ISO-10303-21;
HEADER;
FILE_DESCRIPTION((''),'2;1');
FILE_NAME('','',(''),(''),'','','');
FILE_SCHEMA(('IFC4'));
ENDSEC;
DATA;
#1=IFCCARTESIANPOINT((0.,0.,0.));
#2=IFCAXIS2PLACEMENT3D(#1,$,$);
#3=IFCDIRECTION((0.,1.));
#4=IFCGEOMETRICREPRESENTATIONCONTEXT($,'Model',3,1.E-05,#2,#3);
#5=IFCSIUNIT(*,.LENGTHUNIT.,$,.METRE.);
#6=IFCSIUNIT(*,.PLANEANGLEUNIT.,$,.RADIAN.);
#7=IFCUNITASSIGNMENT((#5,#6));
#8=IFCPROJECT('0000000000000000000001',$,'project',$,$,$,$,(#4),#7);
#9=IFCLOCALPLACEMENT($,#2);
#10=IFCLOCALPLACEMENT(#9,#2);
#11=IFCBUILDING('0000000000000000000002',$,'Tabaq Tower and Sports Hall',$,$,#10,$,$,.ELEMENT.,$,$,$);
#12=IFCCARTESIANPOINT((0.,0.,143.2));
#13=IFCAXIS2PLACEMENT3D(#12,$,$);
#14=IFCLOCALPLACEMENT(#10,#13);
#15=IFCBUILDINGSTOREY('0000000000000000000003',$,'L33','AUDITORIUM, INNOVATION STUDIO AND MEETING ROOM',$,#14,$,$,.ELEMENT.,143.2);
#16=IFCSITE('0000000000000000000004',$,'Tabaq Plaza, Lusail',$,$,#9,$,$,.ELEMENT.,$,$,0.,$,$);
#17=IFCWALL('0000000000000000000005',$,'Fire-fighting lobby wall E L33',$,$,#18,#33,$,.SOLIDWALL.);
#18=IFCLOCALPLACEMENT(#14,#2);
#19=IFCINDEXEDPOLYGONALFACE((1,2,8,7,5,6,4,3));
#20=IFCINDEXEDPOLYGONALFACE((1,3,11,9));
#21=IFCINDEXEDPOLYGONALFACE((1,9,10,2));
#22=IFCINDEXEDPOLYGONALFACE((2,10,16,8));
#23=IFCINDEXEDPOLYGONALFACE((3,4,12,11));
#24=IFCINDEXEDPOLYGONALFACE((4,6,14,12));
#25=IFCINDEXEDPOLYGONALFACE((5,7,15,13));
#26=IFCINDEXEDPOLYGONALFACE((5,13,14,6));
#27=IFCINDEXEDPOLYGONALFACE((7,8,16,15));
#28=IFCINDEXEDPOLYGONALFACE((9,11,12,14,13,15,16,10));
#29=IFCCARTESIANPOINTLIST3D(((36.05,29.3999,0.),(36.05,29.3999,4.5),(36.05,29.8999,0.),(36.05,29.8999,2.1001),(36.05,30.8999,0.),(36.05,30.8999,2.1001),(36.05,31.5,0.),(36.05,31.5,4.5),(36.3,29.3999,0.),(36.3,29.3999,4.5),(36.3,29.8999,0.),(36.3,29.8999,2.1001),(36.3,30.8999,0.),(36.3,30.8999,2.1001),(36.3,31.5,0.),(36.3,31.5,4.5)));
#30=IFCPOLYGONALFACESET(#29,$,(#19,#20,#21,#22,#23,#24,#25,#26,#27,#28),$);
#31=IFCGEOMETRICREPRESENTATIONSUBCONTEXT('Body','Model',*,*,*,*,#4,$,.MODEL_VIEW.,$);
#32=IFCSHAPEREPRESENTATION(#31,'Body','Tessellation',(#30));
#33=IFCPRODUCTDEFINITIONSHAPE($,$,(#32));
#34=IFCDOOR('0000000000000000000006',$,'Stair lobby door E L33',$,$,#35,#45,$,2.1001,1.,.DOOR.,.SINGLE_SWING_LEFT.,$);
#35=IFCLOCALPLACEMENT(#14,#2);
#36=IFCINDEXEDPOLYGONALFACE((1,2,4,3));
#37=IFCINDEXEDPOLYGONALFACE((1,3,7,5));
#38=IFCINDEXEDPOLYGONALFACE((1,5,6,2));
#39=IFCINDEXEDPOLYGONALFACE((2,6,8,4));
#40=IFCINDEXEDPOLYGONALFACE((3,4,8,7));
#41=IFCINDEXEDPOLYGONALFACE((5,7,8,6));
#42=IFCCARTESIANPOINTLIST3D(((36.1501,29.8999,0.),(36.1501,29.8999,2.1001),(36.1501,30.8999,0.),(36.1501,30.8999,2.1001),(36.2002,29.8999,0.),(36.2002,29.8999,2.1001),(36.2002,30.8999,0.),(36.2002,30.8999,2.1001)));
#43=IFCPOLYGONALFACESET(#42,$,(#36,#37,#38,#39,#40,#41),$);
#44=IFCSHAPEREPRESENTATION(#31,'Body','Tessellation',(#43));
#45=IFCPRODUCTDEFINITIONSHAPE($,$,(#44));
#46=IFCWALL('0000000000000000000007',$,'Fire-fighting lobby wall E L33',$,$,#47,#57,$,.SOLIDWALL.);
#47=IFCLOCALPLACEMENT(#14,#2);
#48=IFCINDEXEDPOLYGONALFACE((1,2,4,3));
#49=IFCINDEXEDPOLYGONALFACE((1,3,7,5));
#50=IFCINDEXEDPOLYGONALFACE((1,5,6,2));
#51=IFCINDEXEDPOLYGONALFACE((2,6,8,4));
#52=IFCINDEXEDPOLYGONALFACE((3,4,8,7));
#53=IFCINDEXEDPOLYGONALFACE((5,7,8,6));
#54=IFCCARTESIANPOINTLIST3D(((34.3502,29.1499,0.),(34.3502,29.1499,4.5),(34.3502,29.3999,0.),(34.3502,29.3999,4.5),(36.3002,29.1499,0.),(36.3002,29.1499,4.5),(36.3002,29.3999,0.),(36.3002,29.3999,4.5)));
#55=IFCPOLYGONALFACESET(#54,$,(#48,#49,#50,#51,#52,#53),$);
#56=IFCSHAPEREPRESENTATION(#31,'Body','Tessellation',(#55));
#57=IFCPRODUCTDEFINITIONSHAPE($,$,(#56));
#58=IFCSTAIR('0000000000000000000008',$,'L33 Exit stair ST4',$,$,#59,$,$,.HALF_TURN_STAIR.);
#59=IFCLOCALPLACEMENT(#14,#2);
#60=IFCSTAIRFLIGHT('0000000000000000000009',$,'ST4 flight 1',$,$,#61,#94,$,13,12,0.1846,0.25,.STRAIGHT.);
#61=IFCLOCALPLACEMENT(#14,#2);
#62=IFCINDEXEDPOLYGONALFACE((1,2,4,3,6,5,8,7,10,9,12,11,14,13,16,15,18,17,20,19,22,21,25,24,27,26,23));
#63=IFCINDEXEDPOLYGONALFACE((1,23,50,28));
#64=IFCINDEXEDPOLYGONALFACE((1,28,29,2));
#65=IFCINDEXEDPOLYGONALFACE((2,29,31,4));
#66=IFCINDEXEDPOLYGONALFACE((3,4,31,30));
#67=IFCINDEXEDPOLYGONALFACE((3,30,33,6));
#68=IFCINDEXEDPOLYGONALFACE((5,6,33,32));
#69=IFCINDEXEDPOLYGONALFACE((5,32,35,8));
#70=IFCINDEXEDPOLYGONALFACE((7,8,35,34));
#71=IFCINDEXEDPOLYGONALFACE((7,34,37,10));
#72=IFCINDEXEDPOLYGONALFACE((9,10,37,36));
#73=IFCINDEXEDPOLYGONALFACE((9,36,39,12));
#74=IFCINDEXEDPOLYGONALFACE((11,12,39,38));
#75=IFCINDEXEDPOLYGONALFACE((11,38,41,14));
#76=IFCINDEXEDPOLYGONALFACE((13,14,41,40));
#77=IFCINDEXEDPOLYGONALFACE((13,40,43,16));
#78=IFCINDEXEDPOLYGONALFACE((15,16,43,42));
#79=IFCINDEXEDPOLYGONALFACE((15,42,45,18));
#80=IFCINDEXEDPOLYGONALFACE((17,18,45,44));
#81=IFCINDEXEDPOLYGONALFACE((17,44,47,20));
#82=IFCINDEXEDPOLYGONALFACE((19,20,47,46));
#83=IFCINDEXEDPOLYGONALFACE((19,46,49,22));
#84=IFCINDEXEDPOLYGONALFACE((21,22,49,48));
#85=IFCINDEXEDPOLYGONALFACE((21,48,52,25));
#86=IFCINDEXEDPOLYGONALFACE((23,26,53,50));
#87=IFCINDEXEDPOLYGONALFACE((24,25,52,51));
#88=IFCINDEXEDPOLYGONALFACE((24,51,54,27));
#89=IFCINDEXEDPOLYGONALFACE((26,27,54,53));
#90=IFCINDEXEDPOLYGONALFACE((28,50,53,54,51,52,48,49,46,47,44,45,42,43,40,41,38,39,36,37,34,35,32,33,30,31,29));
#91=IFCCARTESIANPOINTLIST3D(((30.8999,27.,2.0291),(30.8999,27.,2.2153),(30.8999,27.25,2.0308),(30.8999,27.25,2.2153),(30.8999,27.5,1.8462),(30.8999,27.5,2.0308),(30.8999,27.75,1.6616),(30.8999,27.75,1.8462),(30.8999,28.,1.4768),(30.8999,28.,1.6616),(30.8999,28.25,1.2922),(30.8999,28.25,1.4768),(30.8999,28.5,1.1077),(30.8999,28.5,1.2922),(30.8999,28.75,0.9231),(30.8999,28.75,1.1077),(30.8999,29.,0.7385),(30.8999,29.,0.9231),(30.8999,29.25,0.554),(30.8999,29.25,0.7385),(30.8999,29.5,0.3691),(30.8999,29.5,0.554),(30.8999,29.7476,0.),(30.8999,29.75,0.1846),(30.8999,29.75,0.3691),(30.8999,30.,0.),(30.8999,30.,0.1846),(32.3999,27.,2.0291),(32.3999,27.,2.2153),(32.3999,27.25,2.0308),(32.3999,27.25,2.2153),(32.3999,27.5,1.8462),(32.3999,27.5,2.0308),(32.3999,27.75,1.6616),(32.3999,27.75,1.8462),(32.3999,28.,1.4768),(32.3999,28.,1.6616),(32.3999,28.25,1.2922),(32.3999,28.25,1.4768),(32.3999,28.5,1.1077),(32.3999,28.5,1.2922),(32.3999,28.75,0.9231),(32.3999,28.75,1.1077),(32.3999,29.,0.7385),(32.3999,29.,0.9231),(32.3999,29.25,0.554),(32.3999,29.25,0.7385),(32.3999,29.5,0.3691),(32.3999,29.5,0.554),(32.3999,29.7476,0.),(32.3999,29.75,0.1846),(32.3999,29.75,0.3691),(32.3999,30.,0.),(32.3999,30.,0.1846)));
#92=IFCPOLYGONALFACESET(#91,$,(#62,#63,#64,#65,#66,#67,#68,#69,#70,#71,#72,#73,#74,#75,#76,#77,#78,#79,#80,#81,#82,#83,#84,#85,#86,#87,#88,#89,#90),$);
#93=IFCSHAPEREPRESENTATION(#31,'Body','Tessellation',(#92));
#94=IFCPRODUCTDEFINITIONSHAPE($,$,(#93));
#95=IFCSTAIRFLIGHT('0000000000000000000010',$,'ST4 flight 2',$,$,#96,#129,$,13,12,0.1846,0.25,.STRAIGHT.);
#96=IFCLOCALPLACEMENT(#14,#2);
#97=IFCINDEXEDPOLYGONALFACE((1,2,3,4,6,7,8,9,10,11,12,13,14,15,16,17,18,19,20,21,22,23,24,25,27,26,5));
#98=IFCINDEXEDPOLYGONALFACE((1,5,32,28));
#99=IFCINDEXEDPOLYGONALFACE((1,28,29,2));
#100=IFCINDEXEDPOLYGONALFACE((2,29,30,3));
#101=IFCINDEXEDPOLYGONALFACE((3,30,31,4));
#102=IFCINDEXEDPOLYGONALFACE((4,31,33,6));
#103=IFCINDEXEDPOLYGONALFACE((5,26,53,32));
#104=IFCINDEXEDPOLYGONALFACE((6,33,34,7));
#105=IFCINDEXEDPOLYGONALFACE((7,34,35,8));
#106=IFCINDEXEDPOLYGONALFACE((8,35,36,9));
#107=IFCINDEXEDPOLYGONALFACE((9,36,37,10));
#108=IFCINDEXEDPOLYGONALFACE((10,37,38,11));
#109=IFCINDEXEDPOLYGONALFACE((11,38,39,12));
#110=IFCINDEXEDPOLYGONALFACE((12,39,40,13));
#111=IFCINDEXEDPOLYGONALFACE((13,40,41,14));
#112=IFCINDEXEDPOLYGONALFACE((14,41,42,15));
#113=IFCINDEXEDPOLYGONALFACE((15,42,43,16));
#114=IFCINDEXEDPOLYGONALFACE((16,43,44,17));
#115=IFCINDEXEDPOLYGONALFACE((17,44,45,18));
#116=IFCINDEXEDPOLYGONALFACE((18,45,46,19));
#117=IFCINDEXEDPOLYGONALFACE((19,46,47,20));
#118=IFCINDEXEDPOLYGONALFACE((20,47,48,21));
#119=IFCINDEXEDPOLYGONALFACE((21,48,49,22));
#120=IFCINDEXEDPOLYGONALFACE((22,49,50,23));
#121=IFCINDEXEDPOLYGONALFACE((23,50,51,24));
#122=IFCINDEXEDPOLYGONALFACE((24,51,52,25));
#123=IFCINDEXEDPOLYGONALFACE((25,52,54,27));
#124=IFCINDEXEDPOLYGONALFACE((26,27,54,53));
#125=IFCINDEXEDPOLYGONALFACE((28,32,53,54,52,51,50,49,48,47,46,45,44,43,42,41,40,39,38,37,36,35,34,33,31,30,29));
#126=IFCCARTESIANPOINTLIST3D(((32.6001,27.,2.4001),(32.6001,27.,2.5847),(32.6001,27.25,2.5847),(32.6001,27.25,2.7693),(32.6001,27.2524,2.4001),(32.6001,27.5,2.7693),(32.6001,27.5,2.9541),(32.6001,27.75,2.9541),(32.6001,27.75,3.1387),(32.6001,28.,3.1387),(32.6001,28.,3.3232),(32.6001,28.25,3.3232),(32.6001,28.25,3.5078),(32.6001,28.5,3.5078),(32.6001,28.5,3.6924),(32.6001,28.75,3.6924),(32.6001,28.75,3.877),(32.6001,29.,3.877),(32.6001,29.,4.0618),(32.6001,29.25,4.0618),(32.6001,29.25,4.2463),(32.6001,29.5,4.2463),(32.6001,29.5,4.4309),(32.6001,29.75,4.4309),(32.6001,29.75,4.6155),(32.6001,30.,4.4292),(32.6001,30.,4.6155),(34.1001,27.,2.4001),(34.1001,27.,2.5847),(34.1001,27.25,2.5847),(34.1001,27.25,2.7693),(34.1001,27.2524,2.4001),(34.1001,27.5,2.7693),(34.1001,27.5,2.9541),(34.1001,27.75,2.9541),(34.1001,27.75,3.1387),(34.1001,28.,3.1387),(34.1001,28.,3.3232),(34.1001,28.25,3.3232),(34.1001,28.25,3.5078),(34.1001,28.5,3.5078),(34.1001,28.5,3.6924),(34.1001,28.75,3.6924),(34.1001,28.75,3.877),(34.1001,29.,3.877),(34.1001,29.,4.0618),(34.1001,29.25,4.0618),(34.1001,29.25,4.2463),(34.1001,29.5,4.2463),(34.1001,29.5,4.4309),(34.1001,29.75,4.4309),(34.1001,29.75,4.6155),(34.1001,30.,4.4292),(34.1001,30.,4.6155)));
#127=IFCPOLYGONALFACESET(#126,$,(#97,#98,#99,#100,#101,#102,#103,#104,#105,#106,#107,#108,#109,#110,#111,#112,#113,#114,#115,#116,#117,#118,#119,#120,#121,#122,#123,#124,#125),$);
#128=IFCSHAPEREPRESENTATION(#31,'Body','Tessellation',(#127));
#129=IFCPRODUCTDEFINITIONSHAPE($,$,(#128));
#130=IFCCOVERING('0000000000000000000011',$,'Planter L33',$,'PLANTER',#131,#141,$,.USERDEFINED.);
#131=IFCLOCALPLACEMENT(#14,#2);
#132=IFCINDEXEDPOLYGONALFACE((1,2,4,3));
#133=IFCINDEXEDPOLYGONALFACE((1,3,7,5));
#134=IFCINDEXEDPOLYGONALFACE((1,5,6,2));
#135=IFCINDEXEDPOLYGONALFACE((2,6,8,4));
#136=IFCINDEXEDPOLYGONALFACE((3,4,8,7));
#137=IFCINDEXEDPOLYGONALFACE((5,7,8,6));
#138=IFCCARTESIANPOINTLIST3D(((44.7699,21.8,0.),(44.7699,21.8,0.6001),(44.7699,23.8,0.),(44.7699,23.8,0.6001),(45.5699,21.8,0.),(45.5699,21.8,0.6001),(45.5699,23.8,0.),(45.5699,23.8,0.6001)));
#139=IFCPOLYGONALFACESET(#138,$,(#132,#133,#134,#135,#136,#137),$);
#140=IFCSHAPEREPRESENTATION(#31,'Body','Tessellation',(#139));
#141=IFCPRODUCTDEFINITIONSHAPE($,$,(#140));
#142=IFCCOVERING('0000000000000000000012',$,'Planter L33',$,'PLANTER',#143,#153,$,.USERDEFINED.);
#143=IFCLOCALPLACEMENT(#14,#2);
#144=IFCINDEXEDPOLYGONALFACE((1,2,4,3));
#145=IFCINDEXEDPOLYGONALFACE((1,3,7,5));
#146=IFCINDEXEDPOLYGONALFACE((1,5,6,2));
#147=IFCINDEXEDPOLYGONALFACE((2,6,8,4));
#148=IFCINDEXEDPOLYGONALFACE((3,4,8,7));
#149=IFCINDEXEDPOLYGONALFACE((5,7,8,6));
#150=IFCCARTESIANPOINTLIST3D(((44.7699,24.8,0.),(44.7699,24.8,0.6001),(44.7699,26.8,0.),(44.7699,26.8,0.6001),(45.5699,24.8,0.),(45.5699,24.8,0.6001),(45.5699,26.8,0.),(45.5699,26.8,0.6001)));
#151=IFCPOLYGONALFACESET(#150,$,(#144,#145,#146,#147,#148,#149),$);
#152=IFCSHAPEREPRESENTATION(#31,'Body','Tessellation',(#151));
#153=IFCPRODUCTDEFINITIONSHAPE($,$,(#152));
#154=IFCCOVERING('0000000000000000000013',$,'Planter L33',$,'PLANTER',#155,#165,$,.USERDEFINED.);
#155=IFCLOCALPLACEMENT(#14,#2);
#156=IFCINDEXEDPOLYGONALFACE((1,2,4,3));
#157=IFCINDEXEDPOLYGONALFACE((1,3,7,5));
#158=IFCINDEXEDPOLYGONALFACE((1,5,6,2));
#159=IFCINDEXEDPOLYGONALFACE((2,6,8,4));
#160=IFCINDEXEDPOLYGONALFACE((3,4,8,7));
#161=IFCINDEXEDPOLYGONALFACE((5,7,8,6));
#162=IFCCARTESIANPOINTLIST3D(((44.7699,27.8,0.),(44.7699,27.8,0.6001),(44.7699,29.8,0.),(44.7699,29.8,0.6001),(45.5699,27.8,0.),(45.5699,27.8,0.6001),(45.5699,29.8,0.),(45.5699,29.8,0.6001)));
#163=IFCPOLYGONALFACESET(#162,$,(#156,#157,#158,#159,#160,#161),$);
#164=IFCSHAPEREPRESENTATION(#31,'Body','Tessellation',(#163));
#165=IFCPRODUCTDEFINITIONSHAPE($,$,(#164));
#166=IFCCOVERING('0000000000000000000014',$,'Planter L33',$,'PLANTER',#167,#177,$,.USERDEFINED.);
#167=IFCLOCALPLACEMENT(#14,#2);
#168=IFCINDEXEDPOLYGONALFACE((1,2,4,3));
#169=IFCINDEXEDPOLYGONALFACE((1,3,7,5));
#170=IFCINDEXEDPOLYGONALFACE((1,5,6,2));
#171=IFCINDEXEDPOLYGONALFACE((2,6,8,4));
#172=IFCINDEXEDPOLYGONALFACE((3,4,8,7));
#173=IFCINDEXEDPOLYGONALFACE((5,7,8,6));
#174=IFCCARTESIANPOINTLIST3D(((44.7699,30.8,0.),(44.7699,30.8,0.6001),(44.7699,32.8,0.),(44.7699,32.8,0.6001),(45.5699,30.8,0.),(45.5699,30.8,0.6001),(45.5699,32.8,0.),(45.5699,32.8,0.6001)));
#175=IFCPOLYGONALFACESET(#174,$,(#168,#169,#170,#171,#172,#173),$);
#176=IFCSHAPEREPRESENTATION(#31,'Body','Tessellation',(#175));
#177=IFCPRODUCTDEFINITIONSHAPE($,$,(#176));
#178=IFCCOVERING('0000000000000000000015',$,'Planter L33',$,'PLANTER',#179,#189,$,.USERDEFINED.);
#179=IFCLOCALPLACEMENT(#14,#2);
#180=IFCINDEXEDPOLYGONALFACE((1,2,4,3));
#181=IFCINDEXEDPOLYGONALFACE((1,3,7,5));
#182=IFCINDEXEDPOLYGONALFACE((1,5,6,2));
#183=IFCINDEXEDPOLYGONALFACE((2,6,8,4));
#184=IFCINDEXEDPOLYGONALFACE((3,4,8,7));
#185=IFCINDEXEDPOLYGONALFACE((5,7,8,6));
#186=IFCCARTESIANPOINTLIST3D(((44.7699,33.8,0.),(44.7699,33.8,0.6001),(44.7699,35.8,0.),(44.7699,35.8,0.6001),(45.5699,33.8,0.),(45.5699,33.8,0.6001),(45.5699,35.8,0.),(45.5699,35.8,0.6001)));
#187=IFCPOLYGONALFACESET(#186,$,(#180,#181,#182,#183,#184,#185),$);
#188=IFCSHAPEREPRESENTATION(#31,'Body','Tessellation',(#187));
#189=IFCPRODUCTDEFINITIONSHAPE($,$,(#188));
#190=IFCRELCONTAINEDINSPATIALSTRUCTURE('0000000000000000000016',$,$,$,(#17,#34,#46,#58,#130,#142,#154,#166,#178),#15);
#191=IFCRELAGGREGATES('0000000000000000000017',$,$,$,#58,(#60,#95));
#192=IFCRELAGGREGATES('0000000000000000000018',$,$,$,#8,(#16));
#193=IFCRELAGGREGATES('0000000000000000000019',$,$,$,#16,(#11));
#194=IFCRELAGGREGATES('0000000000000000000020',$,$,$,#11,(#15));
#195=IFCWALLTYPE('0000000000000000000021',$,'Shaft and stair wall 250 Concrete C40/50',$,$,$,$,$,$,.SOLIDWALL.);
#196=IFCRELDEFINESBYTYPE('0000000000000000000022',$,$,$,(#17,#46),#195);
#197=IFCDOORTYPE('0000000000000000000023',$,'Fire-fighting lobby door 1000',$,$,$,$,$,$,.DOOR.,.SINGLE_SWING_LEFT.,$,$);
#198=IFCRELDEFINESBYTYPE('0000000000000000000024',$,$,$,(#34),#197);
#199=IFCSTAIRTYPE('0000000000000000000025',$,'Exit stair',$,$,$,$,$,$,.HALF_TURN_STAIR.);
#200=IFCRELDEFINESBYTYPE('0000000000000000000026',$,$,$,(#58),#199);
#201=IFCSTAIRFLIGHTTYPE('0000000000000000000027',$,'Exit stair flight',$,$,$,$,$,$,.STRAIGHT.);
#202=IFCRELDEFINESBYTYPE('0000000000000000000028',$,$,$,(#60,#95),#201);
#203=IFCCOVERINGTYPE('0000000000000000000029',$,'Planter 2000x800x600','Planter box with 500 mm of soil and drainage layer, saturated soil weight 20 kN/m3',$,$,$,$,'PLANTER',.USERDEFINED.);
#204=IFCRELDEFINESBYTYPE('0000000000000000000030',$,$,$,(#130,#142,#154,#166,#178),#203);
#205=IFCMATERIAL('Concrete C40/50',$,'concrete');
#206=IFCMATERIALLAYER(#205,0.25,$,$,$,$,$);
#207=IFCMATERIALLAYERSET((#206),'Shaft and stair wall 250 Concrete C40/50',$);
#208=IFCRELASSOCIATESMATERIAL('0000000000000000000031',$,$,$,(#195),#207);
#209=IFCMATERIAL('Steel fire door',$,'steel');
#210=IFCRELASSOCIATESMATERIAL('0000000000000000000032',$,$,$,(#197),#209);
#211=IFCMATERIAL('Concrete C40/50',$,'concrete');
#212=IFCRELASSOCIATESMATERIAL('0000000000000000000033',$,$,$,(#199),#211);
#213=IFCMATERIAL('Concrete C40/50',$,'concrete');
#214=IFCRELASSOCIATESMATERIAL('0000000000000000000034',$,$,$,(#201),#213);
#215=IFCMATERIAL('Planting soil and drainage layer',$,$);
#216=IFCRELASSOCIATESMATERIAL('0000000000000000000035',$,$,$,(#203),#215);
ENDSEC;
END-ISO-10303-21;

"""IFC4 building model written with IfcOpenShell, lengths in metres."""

from ifc_helpers import new_model, si_unit, direction, frame, frame_2d, origin, origin_2d, place, context, subcontext, project, spatial, polyline, rectangle, outline, extrude, material, layer, layer_set, type_object, element, fill, aggregate, save


model = new_model("IFC4")

# Units and contexts
model_context = context("Model", 3, precision=1e-05, world=origin(), true_north=direction((0.0, 1.0)))
body_context = subcontext(model_context, "Body", "Model", "MODEL_VIEW")
ifc_project = project(units=[si_unit("LENGTHUNIT", "METRE"), si_unit("PLANEANGLEUNIT", "RADIAN")], contexts=[model_context])

# Site, building, storey
site_placement = place(None, origin())
site = spatial("IfcSite", under=ifc_project, at=site_placement, Name="Tabaq Plaza, Lusail", CompositionType="ELEMENT", RefElevation=0.0)
building_placement = place(site_placement, origin())
building = spatial("IfcBuilding", under=site, at=building_placement, Name="Tabaq Tower and Sports Hall", CompositionType="ELEMENT")
storey_placement = place(building_placement, frame((0.0, 0.0, 143.2)))
storey = spatial("IfcBuildingStorey", under=building, at=storey_placement, Name="L33", Description="AUDITORIUM, INNOVATION STUDIO AND MEETING ROOM", CompositionType="ELEMENT", Elevation=143.2)

# Shared definitions
ifc_material_1 = material(Name="Concrete C40/50", Category="concrete")
ifc_layer_1 = layer(ifc_material_1, 0.25)
ifc_layer_set_1 = layer_set([ifc_layer_1], Name="Shaft and stair wall 250 Concrete C40/50")
wall_type_1 = type_object("IfcWallType", Name="Shaft and stair wall 250 Concrete C40/50", PredefinedType="SOLIDWALL", material=ifc_layer_set_1)

# Wall, opening, door
wall_1_placement = place(storey_placement, frame((36.175, 29.3999, 0.0), z_axis=(0.0, 0.0, 1.0), x_axis=(0.0, 1.0, 0.0)))
wall_1 = element("IfcWall", 1, at=wall_1_placement, inside=storey, type_object=wall_type_1, Name="Fire-fighting lobby wall E L33", PredefinedType="SOLIDWALL", context=body_context, shape_type="SweptSolid", body=[
    extrude(rectangle(XDim=2.1001, YDim=0.25, at=frame_2d((1.05, 0.0))), origin(), (0.0, 0.0, 1.0), 4.5),
])
opening_1_placement = place(wall_1_placement, frame((0.5, 0.0, 0.0)))
opening_1 = element("IfcOpeningElement", 2, at=opening_1_placement, cuts=wall_1, PredefinedType="OPENING", context=body_context, shape_type="SweptSolid", body=[
    extrude(rectangle(XDim=1.0, YDim=2.1001, at=frame_2d((0.5, 1.05))), frame((0.0, 0.125, 0.0), z_axis=(0.0, -1.0, 0.0), x_axis=(1.0, 0.0, 0.0)), (0.0, 0.0, 1.0), 0.25),
])
ifc_material_2 = material(Name="Steel fire door", Category="steel")
door_type_1 = type_object("IfcDoorType", Name="Fire-fighting lobby door 1000", OperationType="SINGLE_SWING_LEFT", PredefinedType="DOOR", material=ifc_material_2)
door_1_placement = place(opening_1_placement, origin())
door_1 = element("IfcDoor", 3, at=door_1_placement, inside=storey, type_object=door_type_1, Name="Stair lobby door E L33", OperationType="SINGLE_SWING_LEFT", OverallHeight=2.1001, OverallWidth=1.0, PredefinedType="DOOR", context=body_context, shape_type="SweptSolid", body=[
    extrude(rectangle(XDim=1.0, YDim=2.1001, at=frame_2d((0.5, 1.05))), frame((0.0, 0.0249, 0.0), z_axis=(0.0, -1.0, 0.0), x_axis=(1.0, 0.0, 0.0)), (0.0, 0.0, 1.0), 0.05),
])
fill(opening_1, door_1)

# Wall
wall_2_placement = place(storey_placement, frame((34.3501, 29.2749, 0.0), z_axis=(0.0, 0.0, 1.0), x_axis=(1.0, 0.0, 0.0)))
element("IfcWall", 4, at=wall_2_placement, inside=storey, type_object=wall_type_1, Name="Fire-fighting lobby wall E L33", PredefinedType="SOLIDWALL", context=body_context, shape_type="SweptSolid", body=[
    extrude(rectangle(XDim=1.95, YDim=0.25, at=frame_2d((0.9751, 0.0))), origin(), (0.0, 0.0, 1.0), 4.5),
])

# Stair, stair flights
ifc_material_3 = material(Name="Concrete C40/50", Category="concrete")
stair_type = type_object("IfcStairType", Name="Exit stair", PredefinedType="HALF_TURN_STAIR", material=ifc_material_3)
stair_placement = place(storey_placement, origin())
stair = element("IfcStair", 5, at=stair_placement, inside=storey, type_object=stair_type, Name="L33 Exit stair ST4", PredefinedType="HALF_TURN_STAIR")
ifc_material_4 = material(Name="Concrete C40/50", Category="concrete")
stair_flight_type = type_object("IfcStairFlightType", Name="Exit stair flight", PredefinedType="STRAIGHT", material=ifc_material_4)
stair_flight_1_placement = place(storey_placement, frame((31.6499, 30.0, 0.0), z_axis=(0.0, 0.0, 1.0), x_axis=(0.0, -1.0, 0.0)))
stair_flight_1 = element("IfcStairFlight", 6, at=stair_flight_1_placement, type_object=stair_flight_type, Name="ST4 flight 1", NumberOfRisers=13, NumberOfTreads=12, PredefinedType="STRAIGHT", RiserHeight=0.1846, TreadLength=0.25, context=body_context, shape_type="SweptSolid", body=[
    extrude(outline(polyline([(0.0, 0.0), (0.0, 0.1846), (0.25, 0.1846), (0.25, 0.3691), (0.5, 0.3691), (0.5, 0.554), (0.75, 0.554), (0.75, 0.7385), (1.0, 0.7385), (1.0, 0.9231), (1.25, 0.9231), (1.25, 1.1077), (1.5, 1.1077), (1.5, 1.2922), (1.75, 1.2922), (1.75, 1.4768), (2.0, 1.4768), (2.0, 1.6616), (2.25, 1.6616), (2.25, 1.8462), (2.5, 1.8462), (2.5, 2.0308), (2.75, 2.0308), (2.75, 2.2153), (3.0, 2.2153), (3.0, 2.3999), (3.0, 2.0291), (0.2524, 0.0), (0.0, 0.0)])), frame((0.0, 0.75, 0.0), z_axis=(0.0, -1.0, 0.0), x_axis=(1.0, 0.0, 0.0)), (0.0, 0.0, 1.0), 1.5),
])
stair_flight_2_placement = place(storey_placement, frame((33.3501, 27.0, 2.4001), z_axis=(0.0, 0.0, 1.0), x_axis=(0.0, 1.0, 0.0)))
stair_flight_2 = element("IfcStairFlight", 7, at=stair_flight_2_placement, type_object=stair_flight_type, Name="ST4 flight 2", NumberOfRisers=13, NumberOfTreads=12, PredefinedType="STRAIGHT", RiserHeight=0.1846, TreadLength=0.25, context=body_context, shape_type="SweptSolid", body=[
    extrude(outline(polyline([(0.0, 0.0), (0.0, 0.1846), (0.25, 0.1846), (0.25, 0.3691), (0.5, 0.3691), (0.5, 0.554), (0.75, 0.554), (0.75, 0.7385), (1.0, 0.7385), (1.0, 0.9231), (1.25, 0.9231), (1.25, 1.1077), (1.5, 1.1077), (1.5, 1.2922), (1.75, 1.2922), (1.75, 1.4768), (2.0, 1.4768), (2.0, 1.6616), (2.25, 1.6616), (2.25, 1.8462), (2.5, 1.8462), (2.5, 2.0308), (2.75, 2.0308), (2.75, 2.2153), (3.0, 2.2153), (3.0, 2.3999), (3.0, 2.0291), (0.2524, 0.0), (0.0, 0.0)])), frame((0.0, 0.75, 0.0), z_axis=(0.0, -1.0, 0.0), x_axis=(1.0, 0.0, 0.0)), (0.0, 0.0, 1.0), 1.5),
])
aggregate(stair, [stair_flight_1, stair_flight_2])

# Coverings
ifc_material_5 = material(Name="Planting soil and drainage layer")
covering_type_1 = type_object("IfcCoveringType", Name="Planter 2000x800x600", Description="Planter box with 500 mm of soil and drainage layer, saturated soil weight 20 kN/m3", ElementType="PLANTER", PredefinedType="USERDEFINED", material=ifc_material_5)
for number, where, z_axis, x_axis, name in (
    (8, (45.1699, 22.8, 0.0), (0.0, 0.0, 1.0), (0.0, 1.0, 0.0), "Planter L33"),
    (9, (45.1699, 25.8, 0.0), (0.0, 0.0, 1.0), (0.0, 1.0, 0.0), "Planter L33"),
    (10, (45.1699, 28.8, 0.0), (0.0, 0.0, 1.0), (0.0, 1.0, 0.0), "Planter L33"),
    (11, (45.1699, 31.8, 0.0), (0.0, 0.0, 1.0), (0.0, 1.0, 0.0), "Planter L33"),
    (12, (45.1699, 34.8, 0.0), (0.0, 0.0, 1.0), (0.0, 1.0, 0.0), "Planter L33"),
):
    element("IfcCovering", number, at=place(storey_placement, frame(where, z_axis=z_axis, x_axis=x_axis)), inside=storey, type_object=covering_type_1, Name=name, ObjectType="PLANTER", PredefinedType="USERDEFINED", context=body_context, shape_type="SweptSolid", body=[
        extrude(rectangle(XDim=2.0, YDim=0.8, at=origin_2d()), origin(), (0.0, 0.0, 1.0), 0.6001),
    ])

save(model, "model.ifc")
